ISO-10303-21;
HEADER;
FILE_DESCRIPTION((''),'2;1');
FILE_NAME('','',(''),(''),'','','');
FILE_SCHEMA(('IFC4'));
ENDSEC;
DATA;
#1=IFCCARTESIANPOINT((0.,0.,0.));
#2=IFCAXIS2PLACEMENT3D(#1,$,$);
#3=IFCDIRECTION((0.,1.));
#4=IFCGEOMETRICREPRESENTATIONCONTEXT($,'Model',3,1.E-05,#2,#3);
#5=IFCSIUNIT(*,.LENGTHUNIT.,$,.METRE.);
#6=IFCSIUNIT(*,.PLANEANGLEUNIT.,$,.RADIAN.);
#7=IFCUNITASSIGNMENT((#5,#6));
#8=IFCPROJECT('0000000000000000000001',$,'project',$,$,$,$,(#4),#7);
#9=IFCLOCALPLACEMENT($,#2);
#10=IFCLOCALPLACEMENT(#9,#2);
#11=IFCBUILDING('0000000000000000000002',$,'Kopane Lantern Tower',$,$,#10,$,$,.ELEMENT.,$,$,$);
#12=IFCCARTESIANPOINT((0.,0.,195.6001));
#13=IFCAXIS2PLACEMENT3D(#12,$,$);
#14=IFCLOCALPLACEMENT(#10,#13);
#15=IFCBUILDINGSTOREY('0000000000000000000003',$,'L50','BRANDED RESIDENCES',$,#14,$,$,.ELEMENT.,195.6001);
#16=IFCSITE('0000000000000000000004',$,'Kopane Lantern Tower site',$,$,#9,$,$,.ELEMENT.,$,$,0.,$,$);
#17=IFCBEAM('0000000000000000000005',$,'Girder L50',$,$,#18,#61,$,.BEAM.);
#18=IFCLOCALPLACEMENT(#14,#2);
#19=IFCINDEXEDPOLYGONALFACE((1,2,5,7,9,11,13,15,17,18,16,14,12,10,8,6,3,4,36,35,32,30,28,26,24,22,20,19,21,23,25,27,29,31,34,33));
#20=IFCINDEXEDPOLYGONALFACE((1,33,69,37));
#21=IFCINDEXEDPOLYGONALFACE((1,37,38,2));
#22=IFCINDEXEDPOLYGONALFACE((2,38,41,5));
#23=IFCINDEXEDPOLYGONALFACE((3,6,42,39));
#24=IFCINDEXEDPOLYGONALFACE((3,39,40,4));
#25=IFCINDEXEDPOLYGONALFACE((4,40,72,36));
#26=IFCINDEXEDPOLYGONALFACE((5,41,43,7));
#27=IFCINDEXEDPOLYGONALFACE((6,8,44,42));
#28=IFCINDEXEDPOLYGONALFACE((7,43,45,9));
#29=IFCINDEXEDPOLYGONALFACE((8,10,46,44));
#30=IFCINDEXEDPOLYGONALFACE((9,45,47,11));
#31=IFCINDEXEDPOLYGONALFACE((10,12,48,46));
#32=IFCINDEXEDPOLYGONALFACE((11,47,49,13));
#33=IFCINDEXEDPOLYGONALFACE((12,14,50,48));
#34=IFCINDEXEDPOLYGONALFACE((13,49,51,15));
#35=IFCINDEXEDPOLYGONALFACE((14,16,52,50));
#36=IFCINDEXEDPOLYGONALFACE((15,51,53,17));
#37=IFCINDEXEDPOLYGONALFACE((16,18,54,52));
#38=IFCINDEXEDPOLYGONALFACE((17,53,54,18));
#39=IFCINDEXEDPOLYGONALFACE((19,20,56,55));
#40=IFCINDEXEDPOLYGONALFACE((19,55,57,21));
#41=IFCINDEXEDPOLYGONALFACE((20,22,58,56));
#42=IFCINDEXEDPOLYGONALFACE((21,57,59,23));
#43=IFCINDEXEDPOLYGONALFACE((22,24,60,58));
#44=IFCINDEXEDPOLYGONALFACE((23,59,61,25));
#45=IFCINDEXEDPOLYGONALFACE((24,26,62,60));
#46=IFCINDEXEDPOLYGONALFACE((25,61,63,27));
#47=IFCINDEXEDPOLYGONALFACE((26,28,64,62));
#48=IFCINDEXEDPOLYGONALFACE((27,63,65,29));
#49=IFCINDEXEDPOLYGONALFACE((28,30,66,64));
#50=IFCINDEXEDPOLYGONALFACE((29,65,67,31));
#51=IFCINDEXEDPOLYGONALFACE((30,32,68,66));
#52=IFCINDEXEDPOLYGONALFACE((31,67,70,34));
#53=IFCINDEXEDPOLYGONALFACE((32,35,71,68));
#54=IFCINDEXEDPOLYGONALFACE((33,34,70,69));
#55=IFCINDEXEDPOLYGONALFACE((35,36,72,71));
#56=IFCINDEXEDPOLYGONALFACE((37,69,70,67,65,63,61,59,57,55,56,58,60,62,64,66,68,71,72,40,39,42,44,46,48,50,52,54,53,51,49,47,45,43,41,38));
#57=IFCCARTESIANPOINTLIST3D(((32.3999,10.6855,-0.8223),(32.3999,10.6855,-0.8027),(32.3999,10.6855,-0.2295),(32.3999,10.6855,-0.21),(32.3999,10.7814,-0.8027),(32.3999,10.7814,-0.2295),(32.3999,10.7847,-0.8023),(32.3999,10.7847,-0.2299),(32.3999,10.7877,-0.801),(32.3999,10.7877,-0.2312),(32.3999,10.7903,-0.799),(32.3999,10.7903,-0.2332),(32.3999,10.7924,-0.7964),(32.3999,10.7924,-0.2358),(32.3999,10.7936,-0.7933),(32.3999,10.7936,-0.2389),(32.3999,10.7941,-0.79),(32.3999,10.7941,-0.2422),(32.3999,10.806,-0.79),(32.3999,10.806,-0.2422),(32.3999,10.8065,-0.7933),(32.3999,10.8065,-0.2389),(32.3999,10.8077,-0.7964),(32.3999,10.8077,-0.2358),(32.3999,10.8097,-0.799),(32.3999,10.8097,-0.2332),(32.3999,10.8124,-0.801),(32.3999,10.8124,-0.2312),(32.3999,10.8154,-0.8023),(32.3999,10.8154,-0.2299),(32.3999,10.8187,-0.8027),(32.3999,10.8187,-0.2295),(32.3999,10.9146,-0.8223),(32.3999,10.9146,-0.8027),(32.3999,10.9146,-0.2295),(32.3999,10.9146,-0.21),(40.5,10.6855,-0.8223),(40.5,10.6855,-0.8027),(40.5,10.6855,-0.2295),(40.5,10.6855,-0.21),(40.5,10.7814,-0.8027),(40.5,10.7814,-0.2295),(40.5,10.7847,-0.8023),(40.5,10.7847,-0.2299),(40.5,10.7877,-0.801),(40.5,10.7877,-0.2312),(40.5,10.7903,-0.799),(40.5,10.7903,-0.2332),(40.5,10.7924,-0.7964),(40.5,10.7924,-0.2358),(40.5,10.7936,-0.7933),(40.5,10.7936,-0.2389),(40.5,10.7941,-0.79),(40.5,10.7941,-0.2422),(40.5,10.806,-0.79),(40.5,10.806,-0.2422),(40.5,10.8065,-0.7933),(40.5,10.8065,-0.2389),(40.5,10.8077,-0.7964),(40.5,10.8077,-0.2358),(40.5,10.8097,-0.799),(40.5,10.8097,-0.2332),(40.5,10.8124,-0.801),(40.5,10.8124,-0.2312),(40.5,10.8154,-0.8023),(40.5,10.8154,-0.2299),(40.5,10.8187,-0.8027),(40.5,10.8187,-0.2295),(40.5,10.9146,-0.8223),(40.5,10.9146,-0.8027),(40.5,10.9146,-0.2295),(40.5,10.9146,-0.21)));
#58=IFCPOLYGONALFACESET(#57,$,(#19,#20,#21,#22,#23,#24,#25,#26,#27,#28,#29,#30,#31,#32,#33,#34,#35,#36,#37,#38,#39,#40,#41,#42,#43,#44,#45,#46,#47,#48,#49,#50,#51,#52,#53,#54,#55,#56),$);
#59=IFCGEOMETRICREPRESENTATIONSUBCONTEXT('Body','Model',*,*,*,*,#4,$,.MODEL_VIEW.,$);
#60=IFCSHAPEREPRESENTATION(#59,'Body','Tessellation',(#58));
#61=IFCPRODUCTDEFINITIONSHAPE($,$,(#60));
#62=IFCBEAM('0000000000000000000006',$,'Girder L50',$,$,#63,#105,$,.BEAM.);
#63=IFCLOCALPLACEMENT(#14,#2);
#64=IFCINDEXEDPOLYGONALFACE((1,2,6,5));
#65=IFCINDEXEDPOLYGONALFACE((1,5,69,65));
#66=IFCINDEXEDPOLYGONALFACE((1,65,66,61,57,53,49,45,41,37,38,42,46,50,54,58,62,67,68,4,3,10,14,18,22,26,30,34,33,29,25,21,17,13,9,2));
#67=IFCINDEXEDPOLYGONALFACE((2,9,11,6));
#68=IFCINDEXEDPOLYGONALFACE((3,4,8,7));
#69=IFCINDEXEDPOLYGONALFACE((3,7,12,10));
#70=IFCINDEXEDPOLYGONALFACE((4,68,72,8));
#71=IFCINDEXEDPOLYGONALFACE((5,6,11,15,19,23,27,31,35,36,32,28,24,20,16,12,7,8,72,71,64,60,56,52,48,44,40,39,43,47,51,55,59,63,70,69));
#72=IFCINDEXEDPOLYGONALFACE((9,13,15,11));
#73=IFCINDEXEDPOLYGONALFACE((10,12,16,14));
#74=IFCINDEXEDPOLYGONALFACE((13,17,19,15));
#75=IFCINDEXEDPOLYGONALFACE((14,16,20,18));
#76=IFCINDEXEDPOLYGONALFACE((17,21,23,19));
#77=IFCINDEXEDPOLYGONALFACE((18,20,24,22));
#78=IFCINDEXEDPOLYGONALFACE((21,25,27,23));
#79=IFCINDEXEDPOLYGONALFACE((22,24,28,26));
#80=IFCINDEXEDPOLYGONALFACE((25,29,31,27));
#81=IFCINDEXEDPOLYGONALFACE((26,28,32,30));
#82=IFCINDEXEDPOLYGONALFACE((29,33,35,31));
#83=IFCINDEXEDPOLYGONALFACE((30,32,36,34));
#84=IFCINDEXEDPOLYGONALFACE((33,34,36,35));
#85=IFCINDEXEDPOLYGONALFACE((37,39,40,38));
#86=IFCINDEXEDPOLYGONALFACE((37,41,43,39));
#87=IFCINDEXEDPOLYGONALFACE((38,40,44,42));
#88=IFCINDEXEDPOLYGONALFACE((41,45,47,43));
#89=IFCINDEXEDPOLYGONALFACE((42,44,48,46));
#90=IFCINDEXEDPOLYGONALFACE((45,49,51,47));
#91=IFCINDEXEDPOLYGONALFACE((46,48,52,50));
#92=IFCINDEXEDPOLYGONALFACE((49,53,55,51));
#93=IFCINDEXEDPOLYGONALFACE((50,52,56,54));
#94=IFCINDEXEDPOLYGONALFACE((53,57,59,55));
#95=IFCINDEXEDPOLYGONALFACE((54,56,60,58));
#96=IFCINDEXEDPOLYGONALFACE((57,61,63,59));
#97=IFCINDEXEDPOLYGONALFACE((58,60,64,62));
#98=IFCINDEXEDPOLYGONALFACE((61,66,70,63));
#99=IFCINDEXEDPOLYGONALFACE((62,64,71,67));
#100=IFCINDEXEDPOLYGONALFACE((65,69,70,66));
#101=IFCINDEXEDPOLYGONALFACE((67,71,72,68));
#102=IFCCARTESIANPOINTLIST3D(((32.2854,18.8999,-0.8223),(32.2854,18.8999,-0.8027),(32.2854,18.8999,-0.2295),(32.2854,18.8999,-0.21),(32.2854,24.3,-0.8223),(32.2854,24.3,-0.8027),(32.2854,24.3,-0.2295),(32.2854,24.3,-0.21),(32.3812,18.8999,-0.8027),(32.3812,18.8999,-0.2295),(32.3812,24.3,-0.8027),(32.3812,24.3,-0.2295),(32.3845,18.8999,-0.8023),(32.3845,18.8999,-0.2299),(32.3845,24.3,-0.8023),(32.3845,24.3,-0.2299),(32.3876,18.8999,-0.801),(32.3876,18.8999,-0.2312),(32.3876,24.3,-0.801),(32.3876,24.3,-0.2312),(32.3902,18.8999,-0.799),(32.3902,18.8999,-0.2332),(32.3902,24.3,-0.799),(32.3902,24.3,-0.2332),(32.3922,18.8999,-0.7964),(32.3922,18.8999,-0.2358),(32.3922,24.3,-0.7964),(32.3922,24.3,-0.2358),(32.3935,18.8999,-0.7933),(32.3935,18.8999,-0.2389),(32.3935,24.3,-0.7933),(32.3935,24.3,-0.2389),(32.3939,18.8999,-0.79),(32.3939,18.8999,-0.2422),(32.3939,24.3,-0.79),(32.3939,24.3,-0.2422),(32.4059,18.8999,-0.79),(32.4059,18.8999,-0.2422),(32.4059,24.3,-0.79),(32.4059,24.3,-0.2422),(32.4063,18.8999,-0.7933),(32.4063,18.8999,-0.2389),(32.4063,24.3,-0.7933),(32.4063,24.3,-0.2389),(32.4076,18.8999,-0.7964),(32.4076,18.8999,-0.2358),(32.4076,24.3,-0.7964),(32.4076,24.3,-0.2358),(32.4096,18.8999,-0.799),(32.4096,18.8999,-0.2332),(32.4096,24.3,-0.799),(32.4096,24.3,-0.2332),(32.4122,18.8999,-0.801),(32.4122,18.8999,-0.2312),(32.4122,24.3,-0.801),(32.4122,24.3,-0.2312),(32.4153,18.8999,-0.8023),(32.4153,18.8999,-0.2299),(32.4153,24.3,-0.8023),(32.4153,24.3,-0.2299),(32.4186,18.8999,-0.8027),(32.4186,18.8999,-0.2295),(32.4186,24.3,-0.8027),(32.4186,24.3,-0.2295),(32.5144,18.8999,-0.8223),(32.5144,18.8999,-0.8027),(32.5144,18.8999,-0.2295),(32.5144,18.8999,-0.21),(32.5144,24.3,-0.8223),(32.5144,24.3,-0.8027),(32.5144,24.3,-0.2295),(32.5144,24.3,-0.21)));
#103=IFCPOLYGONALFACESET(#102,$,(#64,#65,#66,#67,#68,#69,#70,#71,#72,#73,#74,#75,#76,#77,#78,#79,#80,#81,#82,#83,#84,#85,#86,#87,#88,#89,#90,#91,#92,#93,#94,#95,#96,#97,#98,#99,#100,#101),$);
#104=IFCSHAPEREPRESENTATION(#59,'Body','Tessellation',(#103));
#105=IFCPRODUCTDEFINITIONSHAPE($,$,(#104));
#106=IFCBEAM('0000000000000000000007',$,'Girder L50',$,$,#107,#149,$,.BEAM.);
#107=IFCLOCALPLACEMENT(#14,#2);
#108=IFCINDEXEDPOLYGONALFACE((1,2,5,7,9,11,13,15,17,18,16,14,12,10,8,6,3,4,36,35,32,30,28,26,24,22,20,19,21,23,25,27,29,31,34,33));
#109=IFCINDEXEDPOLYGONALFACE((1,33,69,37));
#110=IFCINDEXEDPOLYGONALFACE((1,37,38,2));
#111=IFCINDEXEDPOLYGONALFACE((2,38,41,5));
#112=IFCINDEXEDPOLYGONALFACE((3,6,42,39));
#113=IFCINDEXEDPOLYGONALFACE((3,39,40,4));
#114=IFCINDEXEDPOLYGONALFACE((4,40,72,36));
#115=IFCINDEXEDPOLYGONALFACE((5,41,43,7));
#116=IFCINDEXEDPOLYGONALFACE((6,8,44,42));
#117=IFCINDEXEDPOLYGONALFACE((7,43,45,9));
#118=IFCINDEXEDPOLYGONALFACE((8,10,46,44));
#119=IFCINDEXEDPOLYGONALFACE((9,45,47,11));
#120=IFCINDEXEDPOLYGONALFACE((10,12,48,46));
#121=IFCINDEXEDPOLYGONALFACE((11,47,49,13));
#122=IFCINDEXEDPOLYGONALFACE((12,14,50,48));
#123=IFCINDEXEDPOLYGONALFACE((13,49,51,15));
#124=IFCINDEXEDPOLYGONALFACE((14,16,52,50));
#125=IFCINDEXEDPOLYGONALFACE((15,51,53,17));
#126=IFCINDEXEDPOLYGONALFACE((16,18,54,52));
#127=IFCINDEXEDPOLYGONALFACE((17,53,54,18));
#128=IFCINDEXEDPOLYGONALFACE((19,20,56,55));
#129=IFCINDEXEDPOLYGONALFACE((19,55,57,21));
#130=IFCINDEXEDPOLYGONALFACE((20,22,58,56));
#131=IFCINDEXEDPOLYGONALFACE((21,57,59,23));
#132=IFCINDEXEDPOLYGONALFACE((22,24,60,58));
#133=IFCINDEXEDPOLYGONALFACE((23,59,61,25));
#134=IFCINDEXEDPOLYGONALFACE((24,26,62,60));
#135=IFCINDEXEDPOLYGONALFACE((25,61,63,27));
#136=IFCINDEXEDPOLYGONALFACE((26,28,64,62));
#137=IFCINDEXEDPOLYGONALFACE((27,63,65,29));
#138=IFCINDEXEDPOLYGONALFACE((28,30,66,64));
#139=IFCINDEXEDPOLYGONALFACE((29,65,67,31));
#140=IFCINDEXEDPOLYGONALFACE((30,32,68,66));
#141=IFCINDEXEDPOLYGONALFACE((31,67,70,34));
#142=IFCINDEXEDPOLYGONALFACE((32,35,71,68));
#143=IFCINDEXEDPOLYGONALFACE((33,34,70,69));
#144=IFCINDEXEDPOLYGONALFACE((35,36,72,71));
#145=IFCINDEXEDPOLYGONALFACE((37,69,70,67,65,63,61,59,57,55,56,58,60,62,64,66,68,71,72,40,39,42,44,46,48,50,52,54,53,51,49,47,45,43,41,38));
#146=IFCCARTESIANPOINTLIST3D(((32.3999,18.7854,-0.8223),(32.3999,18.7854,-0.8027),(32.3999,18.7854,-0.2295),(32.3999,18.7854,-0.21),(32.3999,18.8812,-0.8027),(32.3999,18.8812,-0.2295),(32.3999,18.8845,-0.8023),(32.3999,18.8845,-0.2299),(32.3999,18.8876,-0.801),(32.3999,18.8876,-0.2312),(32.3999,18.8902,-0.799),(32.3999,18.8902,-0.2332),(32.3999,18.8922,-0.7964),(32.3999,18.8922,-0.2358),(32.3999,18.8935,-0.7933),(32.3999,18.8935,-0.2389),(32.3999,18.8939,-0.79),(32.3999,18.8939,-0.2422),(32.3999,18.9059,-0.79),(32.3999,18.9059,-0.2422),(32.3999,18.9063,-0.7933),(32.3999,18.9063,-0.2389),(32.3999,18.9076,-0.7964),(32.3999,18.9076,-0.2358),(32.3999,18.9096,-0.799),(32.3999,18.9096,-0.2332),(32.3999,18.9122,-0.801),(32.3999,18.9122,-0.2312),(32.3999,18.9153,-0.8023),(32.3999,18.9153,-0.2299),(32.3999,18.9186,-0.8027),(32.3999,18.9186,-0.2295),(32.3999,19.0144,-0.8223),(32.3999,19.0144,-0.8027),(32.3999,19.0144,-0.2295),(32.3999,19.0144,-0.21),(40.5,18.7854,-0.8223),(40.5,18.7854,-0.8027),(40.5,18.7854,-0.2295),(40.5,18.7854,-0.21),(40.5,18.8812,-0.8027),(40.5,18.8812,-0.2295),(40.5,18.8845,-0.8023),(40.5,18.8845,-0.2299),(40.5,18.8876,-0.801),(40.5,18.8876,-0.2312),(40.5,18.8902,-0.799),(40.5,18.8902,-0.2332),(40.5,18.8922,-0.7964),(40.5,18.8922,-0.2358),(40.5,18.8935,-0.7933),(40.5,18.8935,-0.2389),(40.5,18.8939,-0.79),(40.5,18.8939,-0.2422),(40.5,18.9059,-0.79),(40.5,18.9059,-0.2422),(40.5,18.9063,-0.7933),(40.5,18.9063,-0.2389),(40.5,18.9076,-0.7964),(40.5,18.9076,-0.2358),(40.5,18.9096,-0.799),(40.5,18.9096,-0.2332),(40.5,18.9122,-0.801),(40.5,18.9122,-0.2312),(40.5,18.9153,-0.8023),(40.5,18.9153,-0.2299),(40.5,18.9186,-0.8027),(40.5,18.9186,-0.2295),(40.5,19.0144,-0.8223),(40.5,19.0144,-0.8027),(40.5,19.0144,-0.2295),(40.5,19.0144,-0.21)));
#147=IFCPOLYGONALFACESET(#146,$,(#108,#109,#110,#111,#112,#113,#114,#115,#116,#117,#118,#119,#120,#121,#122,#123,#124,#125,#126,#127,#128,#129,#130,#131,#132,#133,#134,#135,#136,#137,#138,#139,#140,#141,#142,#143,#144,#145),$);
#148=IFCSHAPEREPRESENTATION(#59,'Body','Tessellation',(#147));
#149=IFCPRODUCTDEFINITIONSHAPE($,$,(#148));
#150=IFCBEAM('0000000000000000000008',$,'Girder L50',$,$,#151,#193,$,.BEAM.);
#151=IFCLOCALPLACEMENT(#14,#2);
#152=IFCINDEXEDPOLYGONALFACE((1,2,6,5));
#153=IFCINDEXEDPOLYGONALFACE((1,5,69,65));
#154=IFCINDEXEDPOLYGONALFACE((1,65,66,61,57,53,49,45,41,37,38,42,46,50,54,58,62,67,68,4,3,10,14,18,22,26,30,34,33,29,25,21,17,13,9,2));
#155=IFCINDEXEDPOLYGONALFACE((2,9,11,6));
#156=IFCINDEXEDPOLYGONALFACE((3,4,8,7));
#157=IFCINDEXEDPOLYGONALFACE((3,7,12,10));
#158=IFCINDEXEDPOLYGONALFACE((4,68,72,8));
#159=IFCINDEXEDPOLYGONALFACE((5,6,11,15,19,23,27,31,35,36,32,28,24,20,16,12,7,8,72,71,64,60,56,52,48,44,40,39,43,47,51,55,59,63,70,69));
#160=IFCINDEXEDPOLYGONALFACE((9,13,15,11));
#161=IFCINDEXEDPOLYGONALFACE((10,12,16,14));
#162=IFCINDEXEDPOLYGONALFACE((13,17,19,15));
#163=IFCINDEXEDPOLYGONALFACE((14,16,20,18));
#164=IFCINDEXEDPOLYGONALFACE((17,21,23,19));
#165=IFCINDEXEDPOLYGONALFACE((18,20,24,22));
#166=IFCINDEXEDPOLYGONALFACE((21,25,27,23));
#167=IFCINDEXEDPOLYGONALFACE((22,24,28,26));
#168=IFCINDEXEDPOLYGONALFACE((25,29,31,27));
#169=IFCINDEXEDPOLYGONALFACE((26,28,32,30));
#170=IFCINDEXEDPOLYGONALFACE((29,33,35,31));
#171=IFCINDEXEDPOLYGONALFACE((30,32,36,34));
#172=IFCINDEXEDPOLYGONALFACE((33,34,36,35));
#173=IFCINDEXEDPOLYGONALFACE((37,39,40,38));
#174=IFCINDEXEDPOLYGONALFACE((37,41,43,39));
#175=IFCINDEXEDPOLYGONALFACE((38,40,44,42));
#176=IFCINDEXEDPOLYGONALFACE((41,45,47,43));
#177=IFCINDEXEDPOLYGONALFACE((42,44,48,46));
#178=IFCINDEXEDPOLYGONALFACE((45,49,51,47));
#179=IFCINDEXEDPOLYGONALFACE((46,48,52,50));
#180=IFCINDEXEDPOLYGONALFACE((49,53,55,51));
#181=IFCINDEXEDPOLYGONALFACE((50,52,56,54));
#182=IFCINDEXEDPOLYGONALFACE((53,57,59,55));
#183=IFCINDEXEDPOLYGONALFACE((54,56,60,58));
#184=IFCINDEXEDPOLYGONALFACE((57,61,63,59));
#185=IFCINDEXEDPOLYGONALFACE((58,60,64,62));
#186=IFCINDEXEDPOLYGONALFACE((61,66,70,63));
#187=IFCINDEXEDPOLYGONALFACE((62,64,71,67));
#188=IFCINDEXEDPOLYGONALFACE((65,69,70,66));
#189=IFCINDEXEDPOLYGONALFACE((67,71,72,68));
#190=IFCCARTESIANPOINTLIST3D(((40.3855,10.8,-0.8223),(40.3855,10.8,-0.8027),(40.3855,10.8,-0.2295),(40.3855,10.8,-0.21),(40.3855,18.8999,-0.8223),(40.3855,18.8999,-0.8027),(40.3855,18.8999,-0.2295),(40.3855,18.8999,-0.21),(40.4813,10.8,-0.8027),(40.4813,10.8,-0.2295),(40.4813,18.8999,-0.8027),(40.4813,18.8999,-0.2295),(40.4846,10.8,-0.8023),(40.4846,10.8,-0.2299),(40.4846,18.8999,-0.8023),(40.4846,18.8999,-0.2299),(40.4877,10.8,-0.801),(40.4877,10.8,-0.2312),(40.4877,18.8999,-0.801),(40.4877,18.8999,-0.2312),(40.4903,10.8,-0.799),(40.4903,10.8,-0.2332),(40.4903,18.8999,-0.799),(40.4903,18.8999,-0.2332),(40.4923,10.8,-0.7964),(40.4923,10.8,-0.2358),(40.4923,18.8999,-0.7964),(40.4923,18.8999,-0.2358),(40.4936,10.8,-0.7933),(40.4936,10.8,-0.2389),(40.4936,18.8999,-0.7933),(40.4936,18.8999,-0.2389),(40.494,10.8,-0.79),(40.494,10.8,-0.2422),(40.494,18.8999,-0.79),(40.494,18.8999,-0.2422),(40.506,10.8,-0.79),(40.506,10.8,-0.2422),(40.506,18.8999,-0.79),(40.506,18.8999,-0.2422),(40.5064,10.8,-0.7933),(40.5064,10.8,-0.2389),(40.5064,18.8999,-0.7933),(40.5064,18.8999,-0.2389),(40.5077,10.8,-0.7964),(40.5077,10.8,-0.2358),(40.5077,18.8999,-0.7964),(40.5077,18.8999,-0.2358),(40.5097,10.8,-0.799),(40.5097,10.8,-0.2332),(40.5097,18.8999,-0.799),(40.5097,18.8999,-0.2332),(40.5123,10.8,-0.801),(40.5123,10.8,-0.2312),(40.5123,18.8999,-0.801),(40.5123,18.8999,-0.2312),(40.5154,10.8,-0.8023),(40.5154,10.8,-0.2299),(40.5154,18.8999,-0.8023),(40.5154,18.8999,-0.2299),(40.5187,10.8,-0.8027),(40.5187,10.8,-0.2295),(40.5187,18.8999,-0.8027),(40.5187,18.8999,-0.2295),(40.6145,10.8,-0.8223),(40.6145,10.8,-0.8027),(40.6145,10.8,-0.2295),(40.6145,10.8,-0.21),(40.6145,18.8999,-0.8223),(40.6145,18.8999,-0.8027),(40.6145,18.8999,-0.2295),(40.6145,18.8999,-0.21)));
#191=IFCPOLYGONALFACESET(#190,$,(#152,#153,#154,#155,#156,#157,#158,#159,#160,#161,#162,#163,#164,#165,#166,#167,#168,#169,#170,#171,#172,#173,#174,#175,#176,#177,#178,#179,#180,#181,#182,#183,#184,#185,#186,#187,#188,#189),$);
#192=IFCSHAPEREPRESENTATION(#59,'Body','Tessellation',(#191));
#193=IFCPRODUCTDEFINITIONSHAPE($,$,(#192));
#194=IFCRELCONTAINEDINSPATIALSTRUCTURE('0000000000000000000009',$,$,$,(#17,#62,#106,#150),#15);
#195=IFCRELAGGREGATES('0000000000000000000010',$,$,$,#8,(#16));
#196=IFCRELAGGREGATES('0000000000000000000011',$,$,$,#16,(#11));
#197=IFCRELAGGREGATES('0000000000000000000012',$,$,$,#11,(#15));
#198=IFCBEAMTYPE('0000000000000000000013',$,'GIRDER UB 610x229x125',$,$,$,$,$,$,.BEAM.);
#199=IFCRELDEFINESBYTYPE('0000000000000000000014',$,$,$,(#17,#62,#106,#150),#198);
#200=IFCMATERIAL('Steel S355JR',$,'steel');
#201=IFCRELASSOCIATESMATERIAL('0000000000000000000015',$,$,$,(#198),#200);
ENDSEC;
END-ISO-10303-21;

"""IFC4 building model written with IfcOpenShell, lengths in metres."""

from ifc_helpers import new_model, si_unit, direction, frame, origin, origin_2d, place, context, subcontext, project, spatial, i_section, extrude, material, material_profile, profile_set, type_object, element, save


model = new_model("IFC4")

# Units and contexts
model_context = context("Model", 3, precision=1e-05, world=origin(), true_north=direction((0.0, 1.0)))
body_context = subcontext(model_context, "Body", "Model", "MODEL_VIEW")
ifc_project = project(units=[si_unit("LENGTHUNIT", "METRE"), si_unit("PLANEANGLEUNIT", "RADIAN")], contexts=[model_context])

# Site, building, storey
site_placement = place(None, origin())
site = spatial("IfcSite", under=ifc_project, at=site_placement, Name="Kopane Lantern Tower site", CompositionType="ELEMENT", RefElevation=0.0)
building_placement = place(site_placement, origin())
building = spatial("IfcBuilding", under=site, at=building_placement, Name="Kopane Lantern Tower", CompositionType="ELEMENT")
storey_placement = place(building_placement, frame((0.0, 0.0, 195.6001)))
storey = spatial("IfcBuildingStorey", under=building, at=storey_placement, Name="L50", Description="BRANDED RESIDENCES", CompositionType="ELEMENT", Elevation=195.6001)

# Beams
ifc_material_1 = material(Name="Steel S355JR", Category="steel")
ifc_material_profile_1 = material_profile(ifc_material_1, i_section(OverallWidth=0.229, OverallDepth=0.6123, WebThickness=0.012, FlangeThickness=0.0195, FilletRadius=0.0127, at=origin_2d()), Name="UB 610x229x125")
ifc_profile_set_1 = profile_set([ifc_material_profile_1], Name="Steel S355JR")
beam_type = type_object("IfcBeamType", Name="GIRDER UB 610x229x125", PredefinedType="BEAM", material=ifc_profile_set_1)
beam_1_placement = place(storey_placement, frame((32.3999, 10.8, -0.5161), z_axis=(1.0, 0.0, 0.0), x_axis=(0.0, 1.0, 0.0)))
element("IfcBeam", 1, at=beam_1_placement, inside=storey, type_object=beam_type, Name="Girder L50", PredefinedType="BEAM", context=body_context, shape_type="SweptSolid", body=[
    extrude(i_section(OverallWidth=0.229, OverallDepth=0.6123, WebThickness=0.012, FlangeThickness=0.0195, FilletRadius=0.0127, at=origin_2d()), origin(), (0.0, 0.0, 1.0), 8.1001),
])
beam_2_placement = place(storey_placement, frame((32.3999, 18.8999, -0.5161), z_axis=(0.0, 1.0, 0.0), x_axis=(-1.0, 0.0, 0.0)))
element("IfcBeam", 2, at=beam_2_placement, inside=storey, type_object=beam_type, Name="Girder L50", PredefinedType="BEAM", context=body_context, shape_type="SweptSolid", body=[
    extrude(i_section(OverallWidth=0.229, OverallDepth=0.6123, WebThickness=0.012, FlangeThickness=0.0195, FilletRadius=0.0127, at=origin_2d()), origin(), (0.0, 0.0, 1.0), 5.4001),
])
beam_3_placement = place(storey_placement, frame((32.3999, 18.8999, -0.5161), z_axis=(1.0, 0.0, 0.0), x_axis=(0.0, 1.0, 0.0)))
element("IfcBeam", 3, at=beam_3_placement, inside=storey, type_object=beam_type, Name="Girder L50", PredefinedType="BEAM", context=body_context, shape_type="SweptSolid", body=[
    extrude(i_section(OverallWidth=0.229, OverallDepth=0.6123, WebThickness=0.012, FlangeThickness=0.0195, FilletRadius=0.0127, at=origin_2d()), origin(), (0.0, 0.0, 1.0), 8.1001),
])
beam_4_placement = place(storey_placement, frame((40.5, 10.8, -0.5161), z_axis=(0.0, 1.0, 0.0), x_axis=(-1.0, 0.0, 0.0)))
element("IfcBeam", 4, at=beam_4_placement, inside=storey, type_object=beam_type, Name="Girder L50", PredefinedType="BEAM", context=body_context, shape_type="SweptSolid", body=[
    extrude(i_section(OverallWidth=0.229, OverallDepth=0.6123, WebThickness=0.012, FlangeThickness=0.0195, FilletRadius=0.0127, at=origin_2d()), origin(), (0.0, 0.0, 1.0), 8.0999),
])

save(model, "model.ifc")
